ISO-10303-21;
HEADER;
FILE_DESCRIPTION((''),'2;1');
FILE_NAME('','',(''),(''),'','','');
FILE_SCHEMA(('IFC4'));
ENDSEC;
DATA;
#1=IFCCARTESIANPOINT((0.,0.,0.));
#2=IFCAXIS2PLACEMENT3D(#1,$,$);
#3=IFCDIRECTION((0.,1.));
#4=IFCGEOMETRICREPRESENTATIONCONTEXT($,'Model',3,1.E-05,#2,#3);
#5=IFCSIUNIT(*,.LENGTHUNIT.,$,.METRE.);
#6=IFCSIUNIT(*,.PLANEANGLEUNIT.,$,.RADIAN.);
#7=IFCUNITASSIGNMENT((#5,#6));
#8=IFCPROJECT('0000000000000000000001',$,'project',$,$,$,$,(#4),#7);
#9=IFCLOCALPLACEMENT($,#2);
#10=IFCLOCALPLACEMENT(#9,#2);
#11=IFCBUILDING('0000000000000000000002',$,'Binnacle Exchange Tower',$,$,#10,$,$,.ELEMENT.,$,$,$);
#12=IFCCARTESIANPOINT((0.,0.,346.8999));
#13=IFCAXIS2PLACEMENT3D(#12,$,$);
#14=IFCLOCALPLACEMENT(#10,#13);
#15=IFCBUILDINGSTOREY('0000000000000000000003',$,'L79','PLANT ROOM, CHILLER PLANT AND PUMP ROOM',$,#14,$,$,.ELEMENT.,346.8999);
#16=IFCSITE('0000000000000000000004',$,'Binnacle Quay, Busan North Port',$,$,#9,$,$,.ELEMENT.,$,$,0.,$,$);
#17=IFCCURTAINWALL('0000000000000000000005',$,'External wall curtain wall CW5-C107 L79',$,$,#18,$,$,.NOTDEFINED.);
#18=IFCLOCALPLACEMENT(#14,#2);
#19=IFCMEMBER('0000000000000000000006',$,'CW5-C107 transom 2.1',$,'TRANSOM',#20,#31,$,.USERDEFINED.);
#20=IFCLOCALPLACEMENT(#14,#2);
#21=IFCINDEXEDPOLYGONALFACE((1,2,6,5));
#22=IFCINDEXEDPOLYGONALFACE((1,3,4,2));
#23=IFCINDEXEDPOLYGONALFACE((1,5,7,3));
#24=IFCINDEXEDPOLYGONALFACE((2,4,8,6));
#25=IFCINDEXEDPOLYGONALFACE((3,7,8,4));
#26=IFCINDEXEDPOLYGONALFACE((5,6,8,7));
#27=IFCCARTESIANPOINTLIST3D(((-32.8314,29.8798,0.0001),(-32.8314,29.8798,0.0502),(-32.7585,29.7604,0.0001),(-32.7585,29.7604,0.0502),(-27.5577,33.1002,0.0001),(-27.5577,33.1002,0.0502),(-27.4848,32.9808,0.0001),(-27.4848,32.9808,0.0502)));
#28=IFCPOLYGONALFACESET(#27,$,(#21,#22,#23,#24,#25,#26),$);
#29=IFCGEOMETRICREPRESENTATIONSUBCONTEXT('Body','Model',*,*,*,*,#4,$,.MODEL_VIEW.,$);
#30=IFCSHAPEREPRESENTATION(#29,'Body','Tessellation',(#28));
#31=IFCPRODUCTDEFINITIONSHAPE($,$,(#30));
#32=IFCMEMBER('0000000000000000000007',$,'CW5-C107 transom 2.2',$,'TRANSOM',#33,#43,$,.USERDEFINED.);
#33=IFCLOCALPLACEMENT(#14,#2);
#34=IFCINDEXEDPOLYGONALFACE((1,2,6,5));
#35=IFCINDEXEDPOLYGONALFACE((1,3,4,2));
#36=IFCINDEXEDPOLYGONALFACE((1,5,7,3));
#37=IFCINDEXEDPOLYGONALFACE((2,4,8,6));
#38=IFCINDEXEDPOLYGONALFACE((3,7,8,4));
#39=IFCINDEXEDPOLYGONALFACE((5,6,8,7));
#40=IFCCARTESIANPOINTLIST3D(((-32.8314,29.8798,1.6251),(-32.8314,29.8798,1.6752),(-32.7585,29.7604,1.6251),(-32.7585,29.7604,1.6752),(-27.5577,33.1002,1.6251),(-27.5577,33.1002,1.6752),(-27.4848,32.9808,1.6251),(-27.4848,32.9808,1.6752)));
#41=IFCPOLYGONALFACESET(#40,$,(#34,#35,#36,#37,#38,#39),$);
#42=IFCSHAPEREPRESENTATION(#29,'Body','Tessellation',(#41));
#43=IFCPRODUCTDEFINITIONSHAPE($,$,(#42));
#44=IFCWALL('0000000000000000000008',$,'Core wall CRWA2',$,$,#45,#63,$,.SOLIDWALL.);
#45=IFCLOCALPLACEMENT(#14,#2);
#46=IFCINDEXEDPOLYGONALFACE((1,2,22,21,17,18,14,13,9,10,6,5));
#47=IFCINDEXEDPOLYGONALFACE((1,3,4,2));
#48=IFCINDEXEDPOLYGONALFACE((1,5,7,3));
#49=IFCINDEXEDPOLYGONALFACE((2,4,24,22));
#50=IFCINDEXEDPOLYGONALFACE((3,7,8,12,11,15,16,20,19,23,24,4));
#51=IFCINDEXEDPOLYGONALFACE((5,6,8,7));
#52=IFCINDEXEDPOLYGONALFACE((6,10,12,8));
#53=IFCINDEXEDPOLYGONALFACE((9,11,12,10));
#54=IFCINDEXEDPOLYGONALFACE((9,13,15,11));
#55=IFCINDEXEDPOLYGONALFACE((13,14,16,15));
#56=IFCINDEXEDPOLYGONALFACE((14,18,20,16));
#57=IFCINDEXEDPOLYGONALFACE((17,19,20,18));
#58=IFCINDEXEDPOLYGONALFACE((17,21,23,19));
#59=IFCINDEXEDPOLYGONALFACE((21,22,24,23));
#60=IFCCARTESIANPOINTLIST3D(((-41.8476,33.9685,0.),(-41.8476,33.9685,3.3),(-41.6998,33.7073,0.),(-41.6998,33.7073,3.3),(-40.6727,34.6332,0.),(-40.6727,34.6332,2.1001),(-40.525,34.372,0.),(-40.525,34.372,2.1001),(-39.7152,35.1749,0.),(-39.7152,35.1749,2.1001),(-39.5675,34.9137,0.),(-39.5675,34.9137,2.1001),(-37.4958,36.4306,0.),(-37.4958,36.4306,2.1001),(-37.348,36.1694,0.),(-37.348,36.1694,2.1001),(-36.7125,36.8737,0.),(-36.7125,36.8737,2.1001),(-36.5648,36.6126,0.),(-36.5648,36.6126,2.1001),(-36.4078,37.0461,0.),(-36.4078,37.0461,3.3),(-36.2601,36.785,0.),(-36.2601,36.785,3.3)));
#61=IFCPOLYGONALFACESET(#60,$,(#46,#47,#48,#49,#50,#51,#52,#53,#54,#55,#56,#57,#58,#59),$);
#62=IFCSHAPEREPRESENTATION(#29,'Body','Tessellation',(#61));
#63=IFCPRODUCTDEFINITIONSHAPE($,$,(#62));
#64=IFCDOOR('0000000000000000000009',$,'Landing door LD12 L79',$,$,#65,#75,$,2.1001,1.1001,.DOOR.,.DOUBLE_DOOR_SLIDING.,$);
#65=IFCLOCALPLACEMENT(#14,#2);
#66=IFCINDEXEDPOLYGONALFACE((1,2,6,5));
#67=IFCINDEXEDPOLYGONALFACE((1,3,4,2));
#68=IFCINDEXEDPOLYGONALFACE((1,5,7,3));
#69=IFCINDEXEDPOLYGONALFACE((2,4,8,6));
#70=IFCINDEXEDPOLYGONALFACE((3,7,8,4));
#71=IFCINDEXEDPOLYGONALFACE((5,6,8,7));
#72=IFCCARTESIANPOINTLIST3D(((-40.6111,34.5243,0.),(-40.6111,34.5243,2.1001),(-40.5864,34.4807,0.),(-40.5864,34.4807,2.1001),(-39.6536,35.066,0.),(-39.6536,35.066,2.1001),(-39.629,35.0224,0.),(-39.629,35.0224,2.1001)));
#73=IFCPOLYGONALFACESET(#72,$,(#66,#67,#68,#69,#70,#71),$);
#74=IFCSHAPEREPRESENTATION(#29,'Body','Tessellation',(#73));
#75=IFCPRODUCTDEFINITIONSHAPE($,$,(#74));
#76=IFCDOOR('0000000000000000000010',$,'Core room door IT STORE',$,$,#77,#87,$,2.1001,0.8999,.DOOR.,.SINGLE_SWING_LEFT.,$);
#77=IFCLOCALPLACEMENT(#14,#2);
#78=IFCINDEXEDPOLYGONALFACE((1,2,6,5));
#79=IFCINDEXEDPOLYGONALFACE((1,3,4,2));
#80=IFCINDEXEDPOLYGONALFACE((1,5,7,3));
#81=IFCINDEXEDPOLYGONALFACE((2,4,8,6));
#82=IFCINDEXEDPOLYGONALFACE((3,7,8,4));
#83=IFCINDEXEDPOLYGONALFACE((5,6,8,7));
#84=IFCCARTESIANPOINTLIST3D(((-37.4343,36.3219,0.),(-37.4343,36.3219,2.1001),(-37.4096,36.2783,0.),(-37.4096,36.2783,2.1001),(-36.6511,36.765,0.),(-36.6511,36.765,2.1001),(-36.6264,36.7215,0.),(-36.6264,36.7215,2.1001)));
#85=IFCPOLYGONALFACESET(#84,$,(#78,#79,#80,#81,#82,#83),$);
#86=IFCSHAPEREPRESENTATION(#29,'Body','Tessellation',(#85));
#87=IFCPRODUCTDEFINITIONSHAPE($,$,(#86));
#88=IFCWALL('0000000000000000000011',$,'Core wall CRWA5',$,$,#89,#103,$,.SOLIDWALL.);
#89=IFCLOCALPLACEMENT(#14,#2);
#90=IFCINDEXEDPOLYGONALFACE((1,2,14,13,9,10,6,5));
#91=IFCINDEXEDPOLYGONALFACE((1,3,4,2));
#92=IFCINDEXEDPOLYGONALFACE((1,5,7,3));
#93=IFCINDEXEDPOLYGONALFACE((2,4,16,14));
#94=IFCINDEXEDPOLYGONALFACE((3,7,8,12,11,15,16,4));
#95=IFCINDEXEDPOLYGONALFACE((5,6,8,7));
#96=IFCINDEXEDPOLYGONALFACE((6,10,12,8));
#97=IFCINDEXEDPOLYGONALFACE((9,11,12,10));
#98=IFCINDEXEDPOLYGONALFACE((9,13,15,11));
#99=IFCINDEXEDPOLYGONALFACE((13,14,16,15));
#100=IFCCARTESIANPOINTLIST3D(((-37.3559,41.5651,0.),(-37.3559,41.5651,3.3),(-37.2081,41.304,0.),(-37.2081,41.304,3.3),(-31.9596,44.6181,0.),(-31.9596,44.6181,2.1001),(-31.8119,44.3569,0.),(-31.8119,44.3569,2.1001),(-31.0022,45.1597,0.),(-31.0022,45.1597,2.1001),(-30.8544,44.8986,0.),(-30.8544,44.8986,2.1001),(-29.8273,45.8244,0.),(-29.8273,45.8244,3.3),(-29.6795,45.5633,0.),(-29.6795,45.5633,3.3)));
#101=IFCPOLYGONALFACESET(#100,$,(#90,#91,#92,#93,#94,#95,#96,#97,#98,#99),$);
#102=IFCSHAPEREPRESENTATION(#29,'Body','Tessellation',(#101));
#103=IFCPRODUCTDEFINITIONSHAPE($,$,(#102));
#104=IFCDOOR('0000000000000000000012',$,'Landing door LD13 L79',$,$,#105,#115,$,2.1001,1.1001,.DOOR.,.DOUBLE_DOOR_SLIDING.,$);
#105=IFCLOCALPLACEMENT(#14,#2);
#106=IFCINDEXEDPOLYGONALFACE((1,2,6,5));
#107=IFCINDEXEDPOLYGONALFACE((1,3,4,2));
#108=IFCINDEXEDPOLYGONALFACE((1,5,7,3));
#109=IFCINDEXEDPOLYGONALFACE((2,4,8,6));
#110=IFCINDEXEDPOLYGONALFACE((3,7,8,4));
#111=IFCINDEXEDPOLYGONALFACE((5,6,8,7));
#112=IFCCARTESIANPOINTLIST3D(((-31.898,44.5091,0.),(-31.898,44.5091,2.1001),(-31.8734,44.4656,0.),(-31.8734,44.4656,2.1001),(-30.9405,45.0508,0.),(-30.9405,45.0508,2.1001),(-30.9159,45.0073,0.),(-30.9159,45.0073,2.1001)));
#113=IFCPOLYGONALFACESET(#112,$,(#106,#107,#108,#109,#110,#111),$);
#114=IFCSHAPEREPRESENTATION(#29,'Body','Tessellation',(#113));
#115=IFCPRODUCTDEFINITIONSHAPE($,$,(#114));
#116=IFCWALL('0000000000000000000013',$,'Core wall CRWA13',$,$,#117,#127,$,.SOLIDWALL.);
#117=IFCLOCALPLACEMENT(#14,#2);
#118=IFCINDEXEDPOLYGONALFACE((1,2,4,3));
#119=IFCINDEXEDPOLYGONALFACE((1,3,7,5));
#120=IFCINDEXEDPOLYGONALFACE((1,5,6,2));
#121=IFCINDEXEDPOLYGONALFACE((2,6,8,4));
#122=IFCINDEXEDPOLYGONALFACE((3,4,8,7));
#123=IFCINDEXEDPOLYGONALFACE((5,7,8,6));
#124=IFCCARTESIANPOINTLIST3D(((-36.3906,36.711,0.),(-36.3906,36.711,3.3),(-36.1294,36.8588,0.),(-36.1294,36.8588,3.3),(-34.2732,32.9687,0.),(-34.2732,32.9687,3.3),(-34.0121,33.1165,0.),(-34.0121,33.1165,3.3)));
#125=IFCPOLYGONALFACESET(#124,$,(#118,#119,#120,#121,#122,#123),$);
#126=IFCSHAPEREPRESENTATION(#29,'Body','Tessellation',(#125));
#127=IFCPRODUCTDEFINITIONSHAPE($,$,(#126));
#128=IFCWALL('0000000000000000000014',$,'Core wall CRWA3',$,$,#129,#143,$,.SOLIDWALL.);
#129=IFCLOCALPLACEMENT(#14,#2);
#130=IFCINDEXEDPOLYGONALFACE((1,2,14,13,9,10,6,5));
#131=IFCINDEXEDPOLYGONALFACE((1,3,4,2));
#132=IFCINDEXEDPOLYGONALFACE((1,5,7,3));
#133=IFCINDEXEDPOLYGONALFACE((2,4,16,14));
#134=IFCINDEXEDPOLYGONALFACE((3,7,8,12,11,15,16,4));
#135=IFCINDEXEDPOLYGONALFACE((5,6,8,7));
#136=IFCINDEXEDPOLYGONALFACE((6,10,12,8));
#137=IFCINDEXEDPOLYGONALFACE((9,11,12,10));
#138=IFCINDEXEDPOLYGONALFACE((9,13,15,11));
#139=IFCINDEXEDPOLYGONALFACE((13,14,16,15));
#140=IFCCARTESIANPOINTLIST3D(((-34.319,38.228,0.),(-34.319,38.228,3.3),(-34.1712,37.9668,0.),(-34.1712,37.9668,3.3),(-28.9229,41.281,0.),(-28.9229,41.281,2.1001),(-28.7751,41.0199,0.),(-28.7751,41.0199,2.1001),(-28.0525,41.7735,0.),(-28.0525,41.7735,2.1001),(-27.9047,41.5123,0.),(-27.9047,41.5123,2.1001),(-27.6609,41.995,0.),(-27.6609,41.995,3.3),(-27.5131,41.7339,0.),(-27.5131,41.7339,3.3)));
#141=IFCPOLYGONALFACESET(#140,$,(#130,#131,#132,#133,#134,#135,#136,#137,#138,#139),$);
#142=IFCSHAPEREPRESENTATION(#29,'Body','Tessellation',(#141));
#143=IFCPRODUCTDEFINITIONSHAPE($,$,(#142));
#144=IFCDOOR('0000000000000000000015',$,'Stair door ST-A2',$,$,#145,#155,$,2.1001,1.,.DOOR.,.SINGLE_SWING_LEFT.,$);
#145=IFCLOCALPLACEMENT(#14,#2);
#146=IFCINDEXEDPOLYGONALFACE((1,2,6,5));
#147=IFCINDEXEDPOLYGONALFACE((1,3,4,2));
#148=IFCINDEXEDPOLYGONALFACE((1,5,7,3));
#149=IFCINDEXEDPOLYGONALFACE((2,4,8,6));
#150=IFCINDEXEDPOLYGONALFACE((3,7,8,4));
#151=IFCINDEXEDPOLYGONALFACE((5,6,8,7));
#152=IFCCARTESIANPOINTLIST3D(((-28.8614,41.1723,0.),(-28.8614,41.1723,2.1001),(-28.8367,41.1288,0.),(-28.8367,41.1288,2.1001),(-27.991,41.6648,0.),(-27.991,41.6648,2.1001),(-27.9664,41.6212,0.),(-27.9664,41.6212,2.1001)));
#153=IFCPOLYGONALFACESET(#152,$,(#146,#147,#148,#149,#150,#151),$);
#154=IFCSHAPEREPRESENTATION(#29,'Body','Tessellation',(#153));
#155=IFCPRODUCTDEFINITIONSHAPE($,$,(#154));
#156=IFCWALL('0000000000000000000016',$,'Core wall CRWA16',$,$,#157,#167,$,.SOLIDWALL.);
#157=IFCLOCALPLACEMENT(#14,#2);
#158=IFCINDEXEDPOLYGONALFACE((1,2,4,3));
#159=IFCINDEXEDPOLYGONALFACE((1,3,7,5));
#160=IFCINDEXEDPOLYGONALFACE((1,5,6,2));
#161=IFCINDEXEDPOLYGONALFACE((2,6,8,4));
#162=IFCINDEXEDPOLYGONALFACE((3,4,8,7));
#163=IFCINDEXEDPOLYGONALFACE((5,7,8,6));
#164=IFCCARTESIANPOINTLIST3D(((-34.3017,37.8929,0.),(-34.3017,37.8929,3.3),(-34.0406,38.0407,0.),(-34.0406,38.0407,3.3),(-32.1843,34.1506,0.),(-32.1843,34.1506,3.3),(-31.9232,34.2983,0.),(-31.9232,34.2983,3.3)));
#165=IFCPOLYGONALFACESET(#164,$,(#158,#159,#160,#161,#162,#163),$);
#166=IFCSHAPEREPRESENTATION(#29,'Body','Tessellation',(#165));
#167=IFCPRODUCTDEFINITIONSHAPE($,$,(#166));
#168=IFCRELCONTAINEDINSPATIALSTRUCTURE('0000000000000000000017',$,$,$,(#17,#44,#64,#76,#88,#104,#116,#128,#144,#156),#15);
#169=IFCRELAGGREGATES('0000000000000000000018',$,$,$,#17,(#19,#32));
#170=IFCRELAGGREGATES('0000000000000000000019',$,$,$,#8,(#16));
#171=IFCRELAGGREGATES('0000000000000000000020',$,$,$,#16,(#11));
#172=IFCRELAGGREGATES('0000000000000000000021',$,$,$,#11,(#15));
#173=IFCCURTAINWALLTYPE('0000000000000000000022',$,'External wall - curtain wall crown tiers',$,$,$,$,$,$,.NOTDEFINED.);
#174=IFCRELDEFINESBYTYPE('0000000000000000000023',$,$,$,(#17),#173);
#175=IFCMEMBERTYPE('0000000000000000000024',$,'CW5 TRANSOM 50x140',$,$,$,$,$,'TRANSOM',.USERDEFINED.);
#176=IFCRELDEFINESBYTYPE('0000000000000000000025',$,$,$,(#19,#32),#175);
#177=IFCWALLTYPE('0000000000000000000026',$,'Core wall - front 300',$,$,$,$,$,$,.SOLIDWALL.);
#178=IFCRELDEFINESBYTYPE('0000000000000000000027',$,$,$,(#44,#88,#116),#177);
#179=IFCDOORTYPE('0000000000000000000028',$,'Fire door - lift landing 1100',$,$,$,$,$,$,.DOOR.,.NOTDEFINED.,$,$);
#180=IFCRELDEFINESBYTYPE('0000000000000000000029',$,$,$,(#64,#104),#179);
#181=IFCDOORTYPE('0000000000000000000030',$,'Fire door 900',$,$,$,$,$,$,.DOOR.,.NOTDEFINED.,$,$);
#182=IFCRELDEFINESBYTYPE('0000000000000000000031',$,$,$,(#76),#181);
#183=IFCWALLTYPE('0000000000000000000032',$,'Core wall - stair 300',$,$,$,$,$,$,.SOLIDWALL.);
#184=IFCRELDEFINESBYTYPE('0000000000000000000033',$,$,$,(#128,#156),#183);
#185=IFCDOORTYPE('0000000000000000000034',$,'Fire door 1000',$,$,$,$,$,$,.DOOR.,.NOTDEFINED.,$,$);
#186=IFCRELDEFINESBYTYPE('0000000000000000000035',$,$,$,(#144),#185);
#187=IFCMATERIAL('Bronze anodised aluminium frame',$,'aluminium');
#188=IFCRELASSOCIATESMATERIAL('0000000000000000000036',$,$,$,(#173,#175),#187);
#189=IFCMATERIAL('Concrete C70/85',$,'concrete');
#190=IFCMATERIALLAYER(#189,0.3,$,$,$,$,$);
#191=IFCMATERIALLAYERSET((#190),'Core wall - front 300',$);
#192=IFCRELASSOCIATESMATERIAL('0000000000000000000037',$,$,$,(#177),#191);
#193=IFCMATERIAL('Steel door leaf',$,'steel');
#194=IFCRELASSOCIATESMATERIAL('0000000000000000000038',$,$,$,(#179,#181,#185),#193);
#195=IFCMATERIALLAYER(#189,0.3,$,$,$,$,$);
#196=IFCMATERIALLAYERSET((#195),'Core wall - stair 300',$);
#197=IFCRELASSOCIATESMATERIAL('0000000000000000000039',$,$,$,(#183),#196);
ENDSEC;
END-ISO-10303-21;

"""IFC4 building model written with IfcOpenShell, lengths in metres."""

from ifc_helpers import new_model, si_unit, direction, frame, frame_2d, origin, origin_2d, place, context, subcontext, project, spatial, rectangle, extrude, material, layer, layer_set, material_profile, profile_set, type_object, element, fill, aggregate, save


model = new_model("IFC4")

# Units and contexts
model_context = context("Model", 3, precision=1e-05, world=origin(), true_north=direction((0.0, 1.0)))
body_context = subcontext(model_context, "Body", "Model", "MODEL_VIEW")
ifc_project = project(units=[si_unit("LENGTHUNIT", "METRE"), si_unit("PLANEANGLEUNIT", "RADIAN")], contexts=[model_context])

# Site, building, storey
site_placement = place(None, origin())
site = spatial("IfcSite", under=ifc_project, at=site_placement, Name="Binnacle Quay, Busan North Port", CompositionType="ELEMENT", RefElevation=0.0)
building_placement = place(site_placement, origin())
building = spatial("IfcBuilding", under=site, at=building_placement, Name="Binnacle Exchange Tower", CompositionType="ELEMENT")
storey_placement = place(building_placement, frame((0.0, 0.0, 346.8999)))
storey = spatial("IfcBuildingStorey", under=building, at=storey_placement, Name="L79", Description="PLANT ROOM, CHILLER PLANT AND PUMP ROOM", CompositionType="ELEMENT", Elevation=346.8999)

# Curtain wall, members
ifc_material_1 = material(Name="Bronze anodised aluminium frame", Category="aluminium")
curtain_wall_type = type_object("IfcCurtainWallType", Name="External wall - curtain wall crown tiers", PredefinedType="NOTDEFINED", material=ifc_material_1)
curtain_wall_placement = place(storey_placement, origin())
curtain_wall = element("IfcCurtainWall", 1, at=curtain_wall_placement, inside=storey, type_object=curtain_wall_type, Name="External wall curtain wall CW5-C107 L79", PredefinedType="NOTDEFINED")
ifc_material_profile = material_profile(ifc_material_1, rectangle(XDim=0.1399, YDim=0.05, at=origin_2d()), Name="AL 140x50")
ifc_profile_set = profile_set([ifc_material_profile], Name="Bronze anodised aluminium frame")
member_type = type_object("IfcMemberType", Name="CW5 TRANSOM 50x140", ElementType="TRANSOM", PredefinedType="USERDEFINED", material=ifc_profile_set)
member_1_placement = place(storey_placement, frame((-32.7949, 29.8201, 0.0251), z_axis=(0.853451, 0.521174, 0.0), x_axis=(-0.521174, 0.853451, 0.0)))
member_1 = element("IfcMember", 2, at=member_1_placement, type_object=member_type, Name="CW5-C107 transom 2.1", ObjectType="TRANSOM", PredefinedType="USERDEFINED", context=body_context, shape_type="SweptSolid", body=[
    extrude(rectangle(XDim=0.1399, YDim=0.05, at=origin_2d()), origin(), (0.0, 0.0, 1.0), 6.1792),
])
member_2_placement = place(storey_placement, frame((-32.7949, 29.8201, 1.6501), z_axis=(0.853451, 0.521174, 0.0), x_axis=(-0.521174, 0.853451, 0.0)))
member_2 = element("IfcMember", 3, at=member_2_placement, type_object=member_type, Name="CW5-C107 transom 2.2", ObjectType="TRANSOM", PredefinedType="USERDEFINED", context=body_context, shape_type="SweptSolid", body=[
    extrude(rectangle(XDim=0.1399, YDim=0.05, at=origin_2d()), origin(), (0.0, 0.0, 1.0), 6.1792),
])
aggregate(curtain_wall, [member_1, member_2])

# Wall, openings, doors
ifc_material_2 = material(Name="Concrete C70/85", Category="concrete")
ifc_layer_1 = layer(ifc_material_2, 0.3)
ifc_layer_set_1 = layer_set([ifc_layer_1], Name="Core wall - front 300")
wall_type_1 = type_object("IfcWallType", Name="Core wall - front 300", PredefinedType="SOLIDWALL", material=ifc_layer_set_1)
wall_1_placement = place(storey_placement, frame((-41.7737, 33.8379, 0.0), z_axis=(0.0, 0.0, 1.0), x_axis=(0.870355, 0.492424, 0.0)))
wall_1 = element("IfcWall", 4, at=wall_1_placement, inside=storey, type_object=wall_type_1, Name="Core wall CRWA2", PredefinedType="SOLIDWALL", context=body_context, shape_type="SweptSolid", body=[
    extrude(rectangle(XDim=6.25, YDim=0.3, at=frame_2d((3.125, 0.0))), origin(), (0.0, 0.0, 1.0), 3.3),
])
opening_1_placement = place(wall_1_placement, frame((1.3499, 0.0, 0.0)))
opening_1 = element("IfcOpeningElement", 5, at=opening_1_placement, cuts=wall_1, PredefinedType="OPENING", context=body_context, shape_type="SweptSolid", body=[
    extrude(rectangle(XDim=1.1001, YDim=2.1001, at=frame_2d((0.55, 1.05))), frame((0.0, 0.1599, 0.0), z_axis=(0.0, -1.0, 0.0), x_axis=(1.0, 0.0, 0.0)), (0.0, 0.0, 1.0), 0.3201),
])
opening_2_placement = place(wall_1_placement, frame((5.0, 0.0, 0.0)))
opening_2 = element("IfcOpeningElement", 6, at=opening_2_placement, cuts=wall_1, PredefinedType="OPENING", context=body_context, shape_type="SweptSolid", body=[
    extrude(rectangle(XDim=0.8999, YDim=2.1001, at=frame_2d((0.45, 1.05))), frame((0.0, 0.1599, 0.0), z_axis=(0.0, -1.0, 0.0), x_axis=(1.0, 0.0, 0.0)), (0.0, 0.0, 1.0), 0.3201),
])
ifc_material_3 = material(Name="Steel door leaf", Category="steel")
door_type_1 = type_object("IfcDoorType", Name="Fire door - lift landing 1100", OperationType="NOTDEFINED", PredefinedType="DOOR", material=ifc_material_3)
door_1_placement = place(opening_1_placement, origin())
door_1 = element("IfcDoor", 7, at=door_1_placement, inside=storey, type_object=door_type_1, Name="Landing door LD12 L79", OperationType="DOUBLE_DOOR_SLIDING", OverallHeight=2.1001, OverallWidth=1.1001, PredefinedType="DOOR", context=body_context, shape_type="SweptSolid", body=[
    extrude(rectangle(XDim=1.1001, YDim=2.1001, at=frame_2d((0.55, 1.05))), frame((0.0, 0.0249, 0.0), z_axis=(0.0, -1.0, 0.0), x_axis=(1.0, 0.0, 0.0)), (0.0, 0.0, 1.0), 0.05),
])
fill(opening_1, door_1)
door_type_2 = type_object("IfcDoorType", Name="Fire door 900", OperationType="NOTDEFINED", PredefinedType="DOOR", material=ifc_material_3)
door_2_placement = place(opening_2_placement, frame((0.8999, 0.0, 0.0), z_axis=(0.0, 0.0, 1.0), x_axis=(-1.0, 0.0, 0.0)))
door_2 = element("IfcDoor", 8, at=door_2_placement, inside=storey, type_object=door_type_2, Name="Core room door IT STORE", OperationType="SINGLE_SWING_LEFT", OverallHeight=2.1001, OverallWidth=0.8999, PredefinedType="DOOR", context=body_context, shape_type="SweptSolid", body=[
    extrude(rectangle(XDim=0.8999, YDim=2.1001, at=frame_2d((0.45, 1.05))), frame((0.0, 0.0249, 0.0), z_axis=(0.0, -1.0, 0.0), x_axis=(1.0, 0.0, 0.0)), (0.0, 0.0, 1.0), 0.05),
])
fill(opening_2, door_2)

# Wall, opening, door
wall_2_placement = place(storey_placement, frame((-37.282, 41.4346, 0.0), z_axis=(0.0, 0.0, 1.0), x_axis=(0.870365, 0.492408, 0.0)))
wall_2 = element("IfcWall", 9, at=wall_2_placement, inside=storey, type_object=wall_type_1, Name="Core wall CRWA5", PredefinedType="SOLIDWALL", context=body_context, shape_type="SweptSolid", body=[
    extrude(rectangle(XDim=8.6499, YDim=0.3, at=frame_2d((4.325, 0.0))), origin(), (0.0, 0.0, 1.0), 3.3),
])
opening_3_placement = place(wall_2_placement, frame((6.2, 0.0, 0.0)))
opening_3 = element("IfcOpeningElement", 10, at=opening_3_placement, cuts=wall_2, PredefinedType="OPENING", context=body_context, shape_type="SweptSolid", body=[
    extrude(rectangle(XDim=1.1001, YDim=2.1001, at=frame_2d((0.55, 1.05))), frame((0.0, 0.1599, 0.0), z_axis=(0.0, -1.0, 0.0), x_axis=(1.0, 0.0, 0.0)), (0.0, 0.0, 1.0), 0.3201),
])
door_3_placement = place(opening_3_placement, origin())
door_3 = element("IfcDoor", 11, at=door_3_placement, inside=storey, type_object=door_type_1, Name="Landing door LD13 L79", OperationType="DOUBLE_DOOR_SLIDING", OverallHeight=2.1001, OverallWidth=1.1001, PredefinedType="DOOR", context=body_context, shape_type="SweptSolid", body=[
    extrude(rectangle(XDim=1.1001, YDim=2.1001, at=frame_2d((0.55, 1.05))), frame((0.0, 0.0249, 0.0), z_axis=(0.0, -1.0, 0.0), x_axis=(1.0, 0.0, 0.0)), (0.0, 0.0, 1.0), 0.05),
])
fill(opening_3, door_3)

# Wall
wall_3_placement = place(storey_placement, frame((-36.26, 36.7849, 0.0), z_axis=(0.0, 0.0, 1.0), x_axis=(0.492435, -0.870349, 0.0)))
element("IfcWall", 12, at=wall_3_placement, inside=storey, type_object=wall_type_1, Name="Core wall CRWA13", PredefinedType="SOLIDWALL", context=body_context, shape_type="SweptSolid", body=[
    extrude(rectangle(XDim=4.2998, YDim=0.3, at=frame_2d((2.1499, 0.0))), origin(), (0.0, 0.0, 1.0), 3.3),
])

# Wall, opening, door
ifc_layer_2 = layer(ifc_material_2, 0.3)
ifc_layer_set_2 = layer_set([ifc_layer_2], Name="Core wall - stair 300")
wall_type_2 = type_object("IfcWallType", Name="Core wall - stair 300", PredefinedType="SOLIDWALL", material=ifc_layer_set_2)
wall_4_placement = place(storey_placement, frame((-34.2451, 38.0974, 0.0), z_axis=(0.0, 0.0, 1.0), x_axis=(0.870352, 0.492429, 0.0)))
wall_4 = element("IfcWall", 13, at=wall_4_placement, inside=storey, type_object=wall_type_2, Name="Core wall CRWA3", PredefinedType="SOLIDWALL", context=body_context, shape_type="SweptSolid", body=[
    extrude(rectangle(XDim=7.6499, YDim=0.3, at=frame_2d((3.825, 0.0))), origin(), (0.0, 0.0, 1.0), 3.3),
])
opening_4_placement = place(wall_4_placement, frame((6.2, 0.0, 0.0)))
opening_4 = element("IfcOpeningElement", 14, at=opening_4_placement, cuts=wall_4, PredefinedType="OPENING", context=body_context, shape_type="SweptSolid", body=[
    extrude(rectangle(XDim=1.0, YDim=2.1001, at=frame_2d((0.5, 1.05))), frame((0.0, 0.1599, 0.0), z_axis=(0.0, -1.0, 0.0), x_axis=(1.0, 0.0, 0.0)), (0.0, 0.0, 1.0), 0.3201),
])
door_type_3 = type_object("IfcDoorType", Name="Fire door 1000", OperationType="NOTDEFINED", PredefinedType="DOOR", material=ifc_material_3)
door_4_placement = place(opening_4_placement, frame((1.0, 0.0, 0.0), z_axis=(0.0, 0.0, 1.0), x_axis=(-1.0, 0.0, 0.0)))
door_4 = element("IfcDoor", 15, at=door_4_placement, inside=storey, type_object=door_type_3, Name="Stair door ST-A2", OperationType="SINGLE_SWING_LEFT", OverallHeight=2.1001, OverallWidth=1.0, PredefinedType="DOOR", context=body_context, shape_type="SweptSolid", body=[
    extrude(rectangle(XDim=1.0, YDim=2.1001, at=frame_2d((0.5, 1.05))), frame((0.0, 0.0249, 0.0), z_axis=(0.0, -1.0, 0.0), x_axis=(1.0, 0.0, 0.0)), (0.0, 0.0, 1.0), 0.05),
])
fill(opening_4, door_4)

# Wall
wall_5_placement = place(storey_placement, frame((-34.1711, 37.9668, 0.0), z_axis=(0.0, 0.0, 1.0), x_axis=(0.492435, -0.870349, 0.0)))
element("IfcWall", 16, at=wall_5_placement, inside=storey, type_object=wall_type_2, Name="Core wall CRWA16", PredefinedType="SOLIDWALL", context=body_context, shape_type="SweptSolid", body=[
    extrude(rectangle(XDim=4.2998, YDim=0.3, at=frame_2d((2.1499, 0.0))), origin(), (0.0, 0.0, 1.0), 3.3),
])

save(model, "model.ifc")
